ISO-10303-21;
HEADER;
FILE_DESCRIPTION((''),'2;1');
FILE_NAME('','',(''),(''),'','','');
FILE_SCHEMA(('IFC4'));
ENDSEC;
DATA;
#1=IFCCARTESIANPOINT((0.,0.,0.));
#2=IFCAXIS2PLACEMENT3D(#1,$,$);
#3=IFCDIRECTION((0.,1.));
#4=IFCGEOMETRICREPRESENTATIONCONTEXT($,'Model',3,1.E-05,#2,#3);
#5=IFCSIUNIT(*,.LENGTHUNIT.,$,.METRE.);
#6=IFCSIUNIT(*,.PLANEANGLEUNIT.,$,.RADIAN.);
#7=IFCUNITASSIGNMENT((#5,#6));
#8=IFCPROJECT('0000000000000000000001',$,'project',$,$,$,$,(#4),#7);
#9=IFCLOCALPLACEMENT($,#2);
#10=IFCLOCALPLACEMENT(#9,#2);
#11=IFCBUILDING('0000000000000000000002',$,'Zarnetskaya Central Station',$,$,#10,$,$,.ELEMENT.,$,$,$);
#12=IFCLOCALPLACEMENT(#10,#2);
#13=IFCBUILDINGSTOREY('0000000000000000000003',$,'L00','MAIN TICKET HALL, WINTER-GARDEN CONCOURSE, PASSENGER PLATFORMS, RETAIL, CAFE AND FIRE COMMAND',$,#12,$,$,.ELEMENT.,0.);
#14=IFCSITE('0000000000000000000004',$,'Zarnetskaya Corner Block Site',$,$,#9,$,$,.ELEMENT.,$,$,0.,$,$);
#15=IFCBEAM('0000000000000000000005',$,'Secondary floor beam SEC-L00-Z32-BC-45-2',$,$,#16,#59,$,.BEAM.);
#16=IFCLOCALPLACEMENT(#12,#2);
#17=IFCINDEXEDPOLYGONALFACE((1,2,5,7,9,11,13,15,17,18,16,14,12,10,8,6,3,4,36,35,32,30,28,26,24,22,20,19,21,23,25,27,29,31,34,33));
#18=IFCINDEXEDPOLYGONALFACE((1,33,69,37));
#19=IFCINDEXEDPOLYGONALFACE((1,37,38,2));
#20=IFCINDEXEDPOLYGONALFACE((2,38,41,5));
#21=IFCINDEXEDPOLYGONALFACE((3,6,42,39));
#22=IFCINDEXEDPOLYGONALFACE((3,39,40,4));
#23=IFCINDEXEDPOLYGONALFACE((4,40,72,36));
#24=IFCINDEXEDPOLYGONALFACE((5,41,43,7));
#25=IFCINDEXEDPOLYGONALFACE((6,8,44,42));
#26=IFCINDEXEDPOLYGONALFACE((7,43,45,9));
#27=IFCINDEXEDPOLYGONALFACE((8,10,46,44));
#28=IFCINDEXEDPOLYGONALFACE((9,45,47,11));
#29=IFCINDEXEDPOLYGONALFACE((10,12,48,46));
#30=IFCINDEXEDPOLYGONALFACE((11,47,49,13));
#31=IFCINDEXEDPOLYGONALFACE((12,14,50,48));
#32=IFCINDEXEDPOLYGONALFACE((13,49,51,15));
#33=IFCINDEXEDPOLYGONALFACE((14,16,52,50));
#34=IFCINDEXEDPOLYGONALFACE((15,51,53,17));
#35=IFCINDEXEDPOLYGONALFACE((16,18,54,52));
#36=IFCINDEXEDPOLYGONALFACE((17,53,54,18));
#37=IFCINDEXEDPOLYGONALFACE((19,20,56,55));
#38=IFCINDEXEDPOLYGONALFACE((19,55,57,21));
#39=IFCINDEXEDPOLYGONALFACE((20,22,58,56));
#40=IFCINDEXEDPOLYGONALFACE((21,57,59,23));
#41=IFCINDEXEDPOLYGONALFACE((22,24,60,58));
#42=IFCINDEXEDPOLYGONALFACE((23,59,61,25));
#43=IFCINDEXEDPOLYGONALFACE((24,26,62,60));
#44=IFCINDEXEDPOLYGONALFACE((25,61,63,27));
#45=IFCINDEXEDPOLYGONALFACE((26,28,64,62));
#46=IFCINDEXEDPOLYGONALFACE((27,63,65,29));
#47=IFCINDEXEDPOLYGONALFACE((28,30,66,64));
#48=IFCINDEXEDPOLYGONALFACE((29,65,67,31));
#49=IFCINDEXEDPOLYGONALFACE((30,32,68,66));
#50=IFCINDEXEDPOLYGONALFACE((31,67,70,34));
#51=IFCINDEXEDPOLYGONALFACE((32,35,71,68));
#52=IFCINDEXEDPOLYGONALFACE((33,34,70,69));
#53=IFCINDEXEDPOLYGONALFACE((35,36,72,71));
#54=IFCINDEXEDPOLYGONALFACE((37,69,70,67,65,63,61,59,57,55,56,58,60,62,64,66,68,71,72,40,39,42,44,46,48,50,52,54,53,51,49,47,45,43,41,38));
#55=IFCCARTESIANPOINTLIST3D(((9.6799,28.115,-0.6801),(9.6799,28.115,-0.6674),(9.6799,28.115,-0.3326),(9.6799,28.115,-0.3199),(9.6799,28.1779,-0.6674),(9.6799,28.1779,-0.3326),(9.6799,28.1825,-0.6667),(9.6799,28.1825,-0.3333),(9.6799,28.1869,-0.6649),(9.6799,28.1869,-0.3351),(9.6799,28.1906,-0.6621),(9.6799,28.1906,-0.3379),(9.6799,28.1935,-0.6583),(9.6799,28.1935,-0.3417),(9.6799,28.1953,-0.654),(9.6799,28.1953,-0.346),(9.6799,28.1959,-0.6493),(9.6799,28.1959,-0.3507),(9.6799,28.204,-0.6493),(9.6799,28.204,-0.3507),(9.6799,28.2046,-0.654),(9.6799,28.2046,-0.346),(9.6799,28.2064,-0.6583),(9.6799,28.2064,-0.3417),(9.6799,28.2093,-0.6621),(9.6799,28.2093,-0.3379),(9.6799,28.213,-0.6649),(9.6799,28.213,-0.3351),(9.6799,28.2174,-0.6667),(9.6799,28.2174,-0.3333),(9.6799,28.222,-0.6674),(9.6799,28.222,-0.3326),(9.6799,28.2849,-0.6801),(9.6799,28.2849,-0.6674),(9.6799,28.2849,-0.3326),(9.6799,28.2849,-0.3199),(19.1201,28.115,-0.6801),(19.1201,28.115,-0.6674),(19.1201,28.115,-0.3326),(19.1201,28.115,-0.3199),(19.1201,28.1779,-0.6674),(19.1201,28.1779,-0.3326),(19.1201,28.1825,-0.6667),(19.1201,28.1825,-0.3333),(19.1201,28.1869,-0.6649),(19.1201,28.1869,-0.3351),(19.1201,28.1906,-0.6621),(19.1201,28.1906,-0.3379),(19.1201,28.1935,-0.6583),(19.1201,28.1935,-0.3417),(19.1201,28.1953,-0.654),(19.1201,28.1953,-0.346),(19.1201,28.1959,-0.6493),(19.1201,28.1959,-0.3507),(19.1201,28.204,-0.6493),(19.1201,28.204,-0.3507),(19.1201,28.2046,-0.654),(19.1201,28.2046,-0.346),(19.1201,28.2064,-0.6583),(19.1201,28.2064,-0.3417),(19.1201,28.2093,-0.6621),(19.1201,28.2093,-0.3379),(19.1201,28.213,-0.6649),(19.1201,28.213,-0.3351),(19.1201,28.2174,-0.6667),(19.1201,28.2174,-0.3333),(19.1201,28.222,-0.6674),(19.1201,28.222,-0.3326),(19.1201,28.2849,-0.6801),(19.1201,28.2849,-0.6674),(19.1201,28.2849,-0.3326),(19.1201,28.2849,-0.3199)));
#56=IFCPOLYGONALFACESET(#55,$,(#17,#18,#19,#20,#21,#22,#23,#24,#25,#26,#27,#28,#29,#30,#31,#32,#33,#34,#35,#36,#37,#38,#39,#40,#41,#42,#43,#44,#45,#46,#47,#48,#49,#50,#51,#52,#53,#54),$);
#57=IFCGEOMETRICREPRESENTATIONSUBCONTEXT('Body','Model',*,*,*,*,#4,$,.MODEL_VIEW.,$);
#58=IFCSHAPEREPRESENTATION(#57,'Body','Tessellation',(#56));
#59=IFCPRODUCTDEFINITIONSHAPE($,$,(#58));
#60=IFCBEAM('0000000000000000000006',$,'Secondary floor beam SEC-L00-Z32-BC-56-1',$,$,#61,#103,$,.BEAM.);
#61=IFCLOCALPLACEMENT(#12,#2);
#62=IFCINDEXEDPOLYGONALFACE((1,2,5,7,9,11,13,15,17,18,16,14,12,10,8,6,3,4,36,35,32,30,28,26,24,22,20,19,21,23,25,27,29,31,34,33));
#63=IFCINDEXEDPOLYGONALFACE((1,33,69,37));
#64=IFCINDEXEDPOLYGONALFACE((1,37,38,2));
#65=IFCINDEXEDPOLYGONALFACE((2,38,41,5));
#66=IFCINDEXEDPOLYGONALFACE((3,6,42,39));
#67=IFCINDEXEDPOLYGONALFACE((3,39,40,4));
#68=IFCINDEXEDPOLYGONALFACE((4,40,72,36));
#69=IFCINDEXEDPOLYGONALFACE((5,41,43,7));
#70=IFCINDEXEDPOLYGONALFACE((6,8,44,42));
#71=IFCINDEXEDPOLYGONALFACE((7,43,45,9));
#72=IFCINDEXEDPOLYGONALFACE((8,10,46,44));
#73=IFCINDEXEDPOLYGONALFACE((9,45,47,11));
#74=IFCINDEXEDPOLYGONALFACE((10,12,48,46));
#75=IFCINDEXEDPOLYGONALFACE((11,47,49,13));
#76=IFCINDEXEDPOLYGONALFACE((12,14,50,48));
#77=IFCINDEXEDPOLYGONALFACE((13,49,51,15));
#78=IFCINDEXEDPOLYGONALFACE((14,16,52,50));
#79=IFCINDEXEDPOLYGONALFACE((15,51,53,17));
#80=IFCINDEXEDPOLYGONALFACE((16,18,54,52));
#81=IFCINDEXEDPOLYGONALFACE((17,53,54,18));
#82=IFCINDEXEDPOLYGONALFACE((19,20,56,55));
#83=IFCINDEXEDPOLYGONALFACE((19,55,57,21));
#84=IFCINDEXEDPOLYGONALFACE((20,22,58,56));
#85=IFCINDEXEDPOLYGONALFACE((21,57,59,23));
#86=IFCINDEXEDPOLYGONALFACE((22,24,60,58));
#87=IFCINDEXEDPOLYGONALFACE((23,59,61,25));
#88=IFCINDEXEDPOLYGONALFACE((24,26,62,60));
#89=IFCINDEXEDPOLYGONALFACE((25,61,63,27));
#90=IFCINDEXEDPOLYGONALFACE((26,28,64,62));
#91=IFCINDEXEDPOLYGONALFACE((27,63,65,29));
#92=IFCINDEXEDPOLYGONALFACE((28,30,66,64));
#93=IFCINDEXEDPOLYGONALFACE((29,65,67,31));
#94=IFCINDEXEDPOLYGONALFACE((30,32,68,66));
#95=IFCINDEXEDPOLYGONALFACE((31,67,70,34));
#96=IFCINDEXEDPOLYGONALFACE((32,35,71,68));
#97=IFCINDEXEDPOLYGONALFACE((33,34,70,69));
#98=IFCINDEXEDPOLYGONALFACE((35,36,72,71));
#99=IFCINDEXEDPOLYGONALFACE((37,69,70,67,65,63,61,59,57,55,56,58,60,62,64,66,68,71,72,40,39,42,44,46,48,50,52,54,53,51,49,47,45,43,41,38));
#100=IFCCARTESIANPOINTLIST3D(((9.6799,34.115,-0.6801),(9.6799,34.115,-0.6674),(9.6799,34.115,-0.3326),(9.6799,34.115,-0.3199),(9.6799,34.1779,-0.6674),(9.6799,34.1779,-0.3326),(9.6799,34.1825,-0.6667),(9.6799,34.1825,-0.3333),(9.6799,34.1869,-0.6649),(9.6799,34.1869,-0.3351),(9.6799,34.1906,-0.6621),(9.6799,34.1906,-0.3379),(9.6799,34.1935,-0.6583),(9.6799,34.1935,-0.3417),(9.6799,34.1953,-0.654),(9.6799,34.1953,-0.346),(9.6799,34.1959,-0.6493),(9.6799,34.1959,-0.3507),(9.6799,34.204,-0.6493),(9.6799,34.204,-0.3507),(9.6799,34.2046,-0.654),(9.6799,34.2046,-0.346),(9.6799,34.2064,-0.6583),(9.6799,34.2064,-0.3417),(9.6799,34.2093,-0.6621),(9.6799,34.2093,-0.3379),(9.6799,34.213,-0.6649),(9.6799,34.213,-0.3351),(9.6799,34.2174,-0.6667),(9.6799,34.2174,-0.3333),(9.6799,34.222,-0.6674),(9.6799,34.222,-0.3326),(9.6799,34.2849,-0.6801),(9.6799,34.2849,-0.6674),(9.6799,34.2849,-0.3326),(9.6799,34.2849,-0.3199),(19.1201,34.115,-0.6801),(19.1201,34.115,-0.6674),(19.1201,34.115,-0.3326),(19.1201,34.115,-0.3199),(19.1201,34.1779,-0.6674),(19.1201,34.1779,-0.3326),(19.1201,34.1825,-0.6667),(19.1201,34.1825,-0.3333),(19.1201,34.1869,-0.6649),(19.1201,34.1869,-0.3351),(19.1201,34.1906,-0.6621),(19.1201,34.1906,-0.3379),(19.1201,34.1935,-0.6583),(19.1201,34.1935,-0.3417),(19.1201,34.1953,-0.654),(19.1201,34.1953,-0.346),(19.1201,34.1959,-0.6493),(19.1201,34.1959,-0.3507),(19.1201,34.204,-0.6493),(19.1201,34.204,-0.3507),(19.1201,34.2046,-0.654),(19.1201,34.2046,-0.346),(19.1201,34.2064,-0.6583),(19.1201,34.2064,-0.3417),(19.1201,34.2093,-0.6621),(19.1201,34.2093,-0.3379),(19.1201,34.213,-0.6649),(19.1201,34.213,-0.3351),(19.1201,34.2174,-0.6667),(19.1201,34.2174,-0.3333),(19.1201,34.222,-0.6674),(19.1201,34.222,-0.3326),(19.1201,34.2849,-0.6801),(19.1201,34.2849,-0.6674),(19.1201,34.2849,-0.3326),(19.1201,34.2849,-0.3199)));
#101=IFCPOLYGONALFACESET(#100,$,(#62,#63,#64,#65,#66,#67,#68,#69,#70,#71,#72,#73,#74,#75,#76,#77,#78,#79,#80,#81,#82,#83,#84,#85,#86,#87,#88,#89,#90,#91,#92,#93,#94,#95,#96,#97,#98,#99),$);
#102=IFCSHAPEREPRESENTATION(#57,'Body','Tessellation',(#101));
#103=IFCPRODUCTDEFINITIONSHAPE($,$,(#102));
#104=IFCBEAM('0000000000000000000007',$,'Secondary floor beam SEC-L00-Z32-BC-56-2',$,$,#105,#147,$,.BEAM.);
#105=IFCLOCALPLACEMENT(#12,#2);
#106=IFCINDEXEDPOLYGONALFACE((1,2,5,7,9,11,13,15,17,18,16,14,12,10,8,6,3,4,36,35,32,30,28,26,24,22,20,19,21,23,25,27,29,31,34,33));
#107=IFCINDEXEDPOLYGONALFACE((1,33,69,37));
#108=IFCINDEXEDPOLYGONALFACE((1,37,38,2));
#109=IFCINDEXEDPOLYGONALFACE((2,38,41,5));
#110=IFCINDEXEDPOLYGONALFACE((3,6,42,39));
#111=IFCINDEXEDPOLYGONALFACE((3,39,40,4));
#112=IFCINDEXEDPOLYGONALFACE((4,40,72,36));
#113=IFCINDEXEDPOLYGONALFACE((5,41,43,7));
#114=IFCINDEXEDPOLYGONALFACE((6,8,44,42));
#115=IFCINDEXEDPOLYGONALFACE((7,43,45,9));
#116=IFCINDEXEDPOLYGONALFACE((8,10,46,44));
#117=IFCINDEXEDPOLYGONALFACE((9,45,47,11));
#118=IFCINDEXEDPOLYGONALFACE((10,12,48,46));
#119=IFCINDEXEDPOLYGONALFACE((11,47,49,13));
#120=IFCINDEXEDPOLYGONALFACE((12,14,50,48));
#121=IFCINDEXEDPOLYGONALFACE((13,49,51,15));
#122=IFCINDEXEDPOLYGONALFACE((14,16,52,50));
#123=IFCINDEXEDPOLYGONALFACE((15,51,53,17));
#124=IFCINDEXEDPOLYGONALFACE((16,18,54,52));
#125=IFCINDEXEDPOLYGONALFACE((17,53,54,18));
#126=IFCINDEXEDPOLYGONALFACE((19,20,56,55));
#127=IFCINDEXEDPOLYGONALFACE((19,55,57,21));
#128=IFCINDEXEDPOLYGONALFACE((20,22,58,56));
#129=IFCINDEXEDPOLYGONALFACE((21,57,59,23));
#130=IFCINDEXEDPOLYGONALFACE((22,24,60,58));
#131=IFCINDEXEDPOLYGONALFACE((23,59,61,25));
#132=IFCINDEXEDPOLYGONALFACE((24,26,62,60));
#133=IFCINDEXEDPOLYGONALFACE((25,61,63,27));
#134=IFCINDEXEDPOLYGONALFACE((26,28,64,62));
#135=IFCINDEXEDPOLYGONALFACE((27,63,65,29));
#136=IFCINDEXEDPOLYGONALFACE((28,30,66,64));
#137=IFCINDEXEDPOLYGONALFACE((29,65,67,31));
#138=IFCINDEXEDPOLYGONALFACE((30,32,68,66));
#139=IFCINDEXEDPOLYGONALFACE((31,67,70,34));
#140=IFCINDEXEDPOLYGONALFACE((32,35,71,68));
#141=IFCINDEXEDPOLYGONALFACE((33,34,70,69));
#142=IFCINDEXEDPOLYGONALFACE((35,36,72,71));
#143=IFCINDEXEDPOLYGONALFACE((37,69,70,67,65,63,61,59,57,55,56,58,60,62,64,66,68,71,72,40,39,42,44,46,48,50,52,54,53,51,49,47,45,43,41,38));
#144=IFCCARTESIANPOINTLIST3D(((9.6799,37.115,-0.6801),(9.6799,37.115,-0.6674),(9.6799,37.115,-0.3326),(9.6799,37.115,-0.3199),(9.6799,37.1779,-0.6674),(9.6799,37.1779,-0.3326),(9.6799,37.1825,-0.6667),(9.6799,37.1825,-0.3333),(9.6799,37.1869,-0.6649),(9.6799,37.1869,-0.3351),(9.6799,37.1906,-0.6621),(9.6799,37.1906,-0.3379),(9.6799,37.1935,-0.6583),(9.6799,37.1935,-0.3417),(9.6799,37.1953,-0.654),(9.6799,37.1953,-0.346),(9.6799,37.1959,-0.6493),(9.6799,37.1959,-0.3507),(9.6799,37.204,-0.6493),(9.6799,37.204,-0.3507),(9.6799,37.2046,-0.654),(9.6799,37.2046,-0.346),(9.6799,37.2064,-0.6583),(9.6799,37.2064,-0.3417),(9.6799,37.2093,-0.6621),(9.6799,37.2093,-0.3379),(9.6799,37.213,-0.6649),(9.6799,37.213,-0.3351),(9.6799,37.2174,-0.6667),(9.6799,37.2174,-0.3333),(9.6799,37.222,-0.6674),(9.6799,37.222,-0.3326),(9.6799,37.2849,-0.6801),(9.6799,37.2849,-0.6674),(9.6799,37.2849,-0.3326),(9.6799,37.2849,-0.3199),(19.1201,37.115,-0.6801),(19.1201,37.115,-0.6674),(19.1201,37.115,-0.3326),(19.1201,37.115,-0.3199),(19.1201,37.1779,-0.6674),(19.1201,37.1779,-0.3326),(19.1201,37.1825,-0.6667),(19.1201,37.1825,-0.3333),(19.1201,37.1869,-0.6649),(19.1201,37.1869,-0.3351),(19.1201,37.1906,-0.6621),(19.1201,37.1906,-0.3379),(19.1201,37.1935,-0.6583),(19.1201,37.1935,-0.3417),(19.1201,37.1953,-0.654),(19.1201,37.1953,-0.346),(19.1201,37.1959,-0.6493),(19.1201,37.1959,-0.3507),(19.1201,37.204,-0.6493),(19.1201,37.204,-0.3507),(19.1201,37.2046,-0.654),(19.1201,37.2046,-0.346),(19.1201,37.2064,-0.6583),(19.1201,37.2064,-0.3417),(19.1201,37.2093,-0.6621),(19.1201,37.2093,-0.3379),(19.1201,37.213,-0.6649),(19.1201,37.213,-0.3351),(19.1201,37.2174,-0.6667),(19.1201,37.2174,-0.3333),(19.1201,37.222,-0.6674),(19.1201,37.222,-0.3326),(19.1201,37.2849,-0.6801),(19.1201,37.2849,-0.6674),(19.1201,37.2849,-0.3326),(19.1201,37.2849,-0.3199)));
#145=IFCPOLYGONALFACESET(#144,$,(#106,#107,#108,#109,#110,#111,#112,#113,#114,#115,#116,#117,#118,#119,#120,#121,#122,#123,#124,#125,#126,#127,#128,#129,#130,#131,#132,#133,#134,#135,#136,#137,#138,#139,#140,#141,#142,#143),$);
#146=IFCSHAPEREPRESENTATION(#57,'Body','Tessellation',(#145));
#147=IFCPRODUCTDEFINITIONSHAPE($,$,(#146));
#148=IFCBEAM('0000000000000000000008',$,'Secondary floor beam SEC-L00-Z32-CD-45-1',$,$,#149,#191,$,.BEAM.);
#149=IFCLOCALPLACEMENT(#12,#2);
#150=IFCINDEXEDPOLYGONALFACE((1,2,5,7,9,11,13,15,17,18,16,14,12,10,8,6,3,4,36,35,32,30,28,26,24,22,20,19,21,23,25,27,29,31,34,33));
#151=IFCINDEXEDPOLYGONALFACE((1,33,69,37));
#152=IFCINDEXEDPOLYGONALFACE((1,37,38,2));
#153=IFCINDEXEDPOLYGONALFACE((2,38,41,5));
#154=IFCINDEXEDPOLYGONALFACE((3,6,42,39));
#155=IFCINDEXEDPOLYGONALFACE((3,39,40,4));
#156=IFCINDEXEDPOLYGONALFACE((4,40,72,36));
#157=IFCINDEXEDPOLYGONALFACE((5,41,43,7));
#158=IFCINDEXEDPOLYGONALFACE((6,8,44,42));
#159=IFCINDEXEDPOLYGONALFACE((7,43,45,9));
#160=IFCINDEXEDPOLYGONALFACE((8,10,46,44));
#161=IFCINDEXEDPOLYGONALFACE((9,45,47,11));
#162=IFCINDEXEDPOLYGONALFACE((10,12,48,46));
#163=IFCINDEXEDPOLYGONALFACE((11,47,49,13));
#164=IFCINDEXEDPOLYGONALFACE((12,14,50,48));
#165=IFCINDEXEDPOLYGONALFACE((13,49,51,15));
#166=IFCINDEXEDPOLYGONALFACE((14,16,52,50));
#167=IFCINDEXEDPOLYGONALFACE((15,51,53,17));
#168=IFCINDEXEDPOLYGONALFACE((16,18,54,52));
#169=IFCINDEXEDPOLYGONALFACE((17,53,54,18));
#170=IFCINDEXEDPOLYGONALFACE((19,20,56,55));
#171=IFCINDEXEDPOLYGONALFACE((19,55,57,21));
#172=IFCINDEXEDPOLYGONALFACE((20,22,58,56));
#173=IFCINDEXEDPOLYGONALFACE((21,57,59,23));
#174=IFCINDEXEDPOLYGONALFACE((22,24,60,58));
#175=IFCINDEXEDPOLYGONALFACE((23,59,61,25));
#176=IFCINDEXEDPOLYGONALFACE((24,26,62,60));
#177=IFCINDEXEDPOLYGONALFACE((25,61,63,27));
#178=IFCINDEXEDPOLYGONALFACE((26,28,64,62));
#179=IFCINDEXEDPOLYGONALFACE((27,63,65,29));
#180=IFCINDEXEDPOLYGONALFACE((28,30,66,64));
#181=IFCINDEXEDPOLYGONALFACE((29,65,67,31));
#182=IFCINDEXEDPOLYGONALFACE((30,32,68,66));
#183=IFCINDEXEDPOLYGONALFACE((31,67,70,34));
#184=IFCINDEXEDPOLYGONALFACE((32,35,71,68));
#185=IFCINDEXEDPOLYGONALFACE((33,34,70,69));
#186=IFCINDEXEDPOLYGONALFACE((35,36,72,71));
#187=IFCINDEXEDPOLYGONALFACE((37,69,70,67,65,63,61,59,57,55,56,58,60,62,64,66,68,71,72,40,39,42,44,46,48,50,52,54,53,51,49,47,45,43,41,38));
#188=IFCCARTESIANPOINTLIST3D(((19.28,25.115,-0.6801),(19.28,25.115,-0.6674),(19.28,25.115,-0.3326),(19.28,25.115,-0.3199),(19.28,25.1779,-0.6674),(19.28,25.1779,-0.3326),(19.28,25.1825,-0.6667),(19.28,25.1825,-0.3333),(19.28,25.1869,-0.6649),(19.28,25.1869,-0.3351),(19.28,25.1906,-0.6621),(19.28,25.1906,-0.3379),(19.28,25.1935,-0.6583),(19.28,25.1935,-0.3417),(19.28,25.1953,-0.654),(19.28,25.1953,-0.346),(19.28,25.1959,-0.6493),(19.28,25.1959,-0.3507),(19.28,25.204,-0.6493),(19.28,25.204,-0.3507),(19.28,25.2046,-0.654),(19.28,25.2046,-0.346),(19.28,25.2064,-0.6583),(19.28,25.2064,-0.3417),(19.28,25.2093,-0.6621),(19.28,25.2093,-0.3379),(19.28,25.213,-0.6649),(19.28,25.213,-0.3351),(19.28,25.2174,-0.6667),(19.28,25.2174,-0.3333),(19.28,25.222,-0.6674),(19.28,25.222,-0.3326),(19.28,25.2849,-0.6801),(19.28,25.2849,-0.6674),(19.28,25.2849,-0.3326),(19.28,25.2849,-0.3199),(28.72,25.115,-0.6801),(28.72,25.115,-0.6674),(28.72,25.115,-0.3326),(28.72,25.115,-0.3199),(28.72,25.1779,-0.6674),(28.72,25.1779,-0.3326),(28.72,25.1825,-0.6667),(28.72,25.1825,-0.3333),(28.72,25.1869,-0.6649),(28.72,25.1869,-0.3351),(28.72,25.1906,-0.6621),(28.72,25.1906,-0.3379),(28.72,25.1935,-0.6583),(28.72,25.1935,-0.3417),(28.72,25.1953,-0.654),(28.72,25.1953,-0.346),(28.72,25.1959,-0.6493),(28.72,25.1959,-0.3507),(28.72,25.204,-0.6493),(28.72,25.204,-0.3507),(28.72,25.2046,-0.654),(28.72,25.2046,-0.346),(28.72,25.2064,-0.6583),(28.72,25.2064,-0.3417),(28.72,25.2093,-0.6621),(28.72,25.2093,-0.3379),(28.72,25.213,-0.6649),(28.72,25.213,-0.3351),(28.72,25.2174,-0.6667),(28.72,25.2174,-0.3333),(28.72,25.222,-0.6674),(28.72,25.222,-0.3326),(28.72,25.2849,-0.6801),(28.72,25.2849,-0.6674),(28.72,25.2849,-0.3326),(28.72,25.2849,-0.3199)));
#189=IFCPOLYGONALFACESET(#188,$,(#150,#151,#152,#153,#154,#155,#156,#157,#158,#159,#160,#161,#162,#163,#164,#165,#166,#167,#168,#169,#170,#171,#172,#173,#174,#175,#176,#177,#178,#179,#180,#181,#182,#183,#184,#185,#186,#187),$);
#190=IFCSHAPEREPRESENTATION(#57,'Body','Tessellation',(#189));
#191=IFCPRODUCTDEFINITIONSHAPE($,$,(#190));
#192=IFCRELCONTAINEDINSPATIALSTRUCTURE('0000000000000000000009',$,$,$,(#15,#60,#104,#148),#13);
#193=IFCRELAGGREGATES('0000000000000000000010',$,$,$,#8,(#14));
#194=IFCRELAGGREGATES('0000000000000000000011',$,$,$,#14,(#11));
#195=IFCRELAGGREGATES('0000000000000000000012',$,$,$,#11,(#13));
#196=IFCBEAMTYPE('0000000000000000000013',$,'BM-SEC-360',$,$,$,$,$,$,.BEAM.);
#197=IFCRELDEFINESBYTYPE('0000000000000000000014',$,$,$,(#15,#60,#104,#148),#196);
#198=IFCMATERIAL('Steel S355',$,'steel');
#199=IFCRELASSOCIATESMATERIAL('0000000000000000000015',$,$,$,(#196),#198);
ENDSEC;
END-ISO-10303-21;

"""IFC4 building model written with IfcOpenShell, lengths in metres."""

from ifc_helpers import new_model, si_unit, direction, frame, origin, origin_2d, place, context, subcontext, project, spatial, i_section, extrude, material, material_profile, profile_set, type_object, element, save


model = new_model("IFC4")

# Units and contexts
model_context = context("Model", 3, precision=1e-05, world=origin(), true_north=direction((0.0, 1.0)))
body_context = subcontext(model_context, "Body", "Model", "MODEL_VIEW")
ifc_project = project(units=[si_unit("LENGTHUNIT", "METRE"), si_unit("PLANEANGLEUNIT", "RADIAN")], contexts=[model_context])

# Site, building, storey
site_placement = place(None, origin())
site = spatial("IfcSite", under=ifc_project, at=site_placement, Name="Zarnetskaya Corner Block Site", CompositionType="ELEMENT", RefElevation=0.0)
building_placement = place(site_placement, origin())
building = spatial("IfcBuilding", under=site, at=building_placement, Name="Zarnetskaya Central Station", CompositionType="ELEMENT")
storey_placement = place(building_placement, origin())
storey = spatial("IfcBuildingStorey", under=building, at=storey_placement, Name="L00", Description="MAIN TICKET HALL, WINTER-GARDEN CONCOURSE, PASSENGER PLATFORMS, RETAIL, CAFE AND FIRE COMMAND", CompositionType="ELEMENT", Elevation=0.0)

# Shared definitions
ifc_material_1 = material(Name="Steel S355", Category="steel")

# Beams
ifc_material_profile_1 = material_profile(ifc_material_1, i_section(OverallWidth=0.1699, OverallDepth=0.3601, WebThickness=0.0081, FlangeThickness=0.0127, FilletRadius=0.0181, at=origin_2d()), Name="IPE 360")
ifc_profile_set_1 = profile_set([ifc_material_profile_1], Name="Steel S355")
beam_type_1 = type_object("IfcBeamType", Name="BM-SEC-360", PredefinedType="BEAM", material=ifc_profile_set_1)
for number, where, z_axis, x_axis, name in (
    (1, (9.6799, 28.2, -0.5), (1.0, 0.0, 0.0), (0.0, 1.0, 0.0), "Secondary floor beam SEC-L00-Z32-BC-45-2"),
    (2, (9.6799, 34.2, -0.5), (1.0, 0.0, 0.0), (0.0, 1.0, 0.0), "Secondary floor beam SEC-L00-Z32-BC-56-1"),
    (3, (9.6799, 37.2, -0.5), (1.0, 0.0, 0.0), (0.0, 1.0, 0.0), "Secondary floor beam SEC-L00-Z32-BC-56-2"),
):
    element("IfcBeam", number, at=place(storey_placement, frame(where, z_axis=z_axis, x_axis=x_axis)), inside=storey, type_object=beam_type_1, Name=name, PredefinedType="BEAM", context=body_context, shape_type="SweptSolid", body=[
        extrude(i_section(OverallWidth=0.1699, OverallDepth=0.3601, WebThickness=0.0081, FlangeThickness=0.0127, FilletRadius=0.0181, at=origin_2d()), origin(), (0.0, 0.0, 1.0), 9.4402),
    ])
for number, where, z_axis, x_axis, name in (
    (4, (19.28, 25.2, -0.5), (1.0, 0.0, 0.0), (0.0, 1.0, 0.0), "Secondary floor beam SEC-L00-Z32-CD-45-1"),
):
    element("IfcBeam", number, at=place(storey_placement, frame(where, z_axis=z_axis, x_axis=x_axis)), inside=storey, type_object=beam_type_1, Name=name, PredefinedType="BEAM", context=body_context, shape_type="SweptSolid", body=[
        extrude(i_section(OverallWidth=0.1699, OverallDepth=0.3601, WebThickness=0.0081, FlangeThickness=0.0127, FilletRadius=0.0181, at=origin_2d()), origin(), (0.0, 0.0, 1.0), 9.4399),
    ])

save(model, "model.ifc")
